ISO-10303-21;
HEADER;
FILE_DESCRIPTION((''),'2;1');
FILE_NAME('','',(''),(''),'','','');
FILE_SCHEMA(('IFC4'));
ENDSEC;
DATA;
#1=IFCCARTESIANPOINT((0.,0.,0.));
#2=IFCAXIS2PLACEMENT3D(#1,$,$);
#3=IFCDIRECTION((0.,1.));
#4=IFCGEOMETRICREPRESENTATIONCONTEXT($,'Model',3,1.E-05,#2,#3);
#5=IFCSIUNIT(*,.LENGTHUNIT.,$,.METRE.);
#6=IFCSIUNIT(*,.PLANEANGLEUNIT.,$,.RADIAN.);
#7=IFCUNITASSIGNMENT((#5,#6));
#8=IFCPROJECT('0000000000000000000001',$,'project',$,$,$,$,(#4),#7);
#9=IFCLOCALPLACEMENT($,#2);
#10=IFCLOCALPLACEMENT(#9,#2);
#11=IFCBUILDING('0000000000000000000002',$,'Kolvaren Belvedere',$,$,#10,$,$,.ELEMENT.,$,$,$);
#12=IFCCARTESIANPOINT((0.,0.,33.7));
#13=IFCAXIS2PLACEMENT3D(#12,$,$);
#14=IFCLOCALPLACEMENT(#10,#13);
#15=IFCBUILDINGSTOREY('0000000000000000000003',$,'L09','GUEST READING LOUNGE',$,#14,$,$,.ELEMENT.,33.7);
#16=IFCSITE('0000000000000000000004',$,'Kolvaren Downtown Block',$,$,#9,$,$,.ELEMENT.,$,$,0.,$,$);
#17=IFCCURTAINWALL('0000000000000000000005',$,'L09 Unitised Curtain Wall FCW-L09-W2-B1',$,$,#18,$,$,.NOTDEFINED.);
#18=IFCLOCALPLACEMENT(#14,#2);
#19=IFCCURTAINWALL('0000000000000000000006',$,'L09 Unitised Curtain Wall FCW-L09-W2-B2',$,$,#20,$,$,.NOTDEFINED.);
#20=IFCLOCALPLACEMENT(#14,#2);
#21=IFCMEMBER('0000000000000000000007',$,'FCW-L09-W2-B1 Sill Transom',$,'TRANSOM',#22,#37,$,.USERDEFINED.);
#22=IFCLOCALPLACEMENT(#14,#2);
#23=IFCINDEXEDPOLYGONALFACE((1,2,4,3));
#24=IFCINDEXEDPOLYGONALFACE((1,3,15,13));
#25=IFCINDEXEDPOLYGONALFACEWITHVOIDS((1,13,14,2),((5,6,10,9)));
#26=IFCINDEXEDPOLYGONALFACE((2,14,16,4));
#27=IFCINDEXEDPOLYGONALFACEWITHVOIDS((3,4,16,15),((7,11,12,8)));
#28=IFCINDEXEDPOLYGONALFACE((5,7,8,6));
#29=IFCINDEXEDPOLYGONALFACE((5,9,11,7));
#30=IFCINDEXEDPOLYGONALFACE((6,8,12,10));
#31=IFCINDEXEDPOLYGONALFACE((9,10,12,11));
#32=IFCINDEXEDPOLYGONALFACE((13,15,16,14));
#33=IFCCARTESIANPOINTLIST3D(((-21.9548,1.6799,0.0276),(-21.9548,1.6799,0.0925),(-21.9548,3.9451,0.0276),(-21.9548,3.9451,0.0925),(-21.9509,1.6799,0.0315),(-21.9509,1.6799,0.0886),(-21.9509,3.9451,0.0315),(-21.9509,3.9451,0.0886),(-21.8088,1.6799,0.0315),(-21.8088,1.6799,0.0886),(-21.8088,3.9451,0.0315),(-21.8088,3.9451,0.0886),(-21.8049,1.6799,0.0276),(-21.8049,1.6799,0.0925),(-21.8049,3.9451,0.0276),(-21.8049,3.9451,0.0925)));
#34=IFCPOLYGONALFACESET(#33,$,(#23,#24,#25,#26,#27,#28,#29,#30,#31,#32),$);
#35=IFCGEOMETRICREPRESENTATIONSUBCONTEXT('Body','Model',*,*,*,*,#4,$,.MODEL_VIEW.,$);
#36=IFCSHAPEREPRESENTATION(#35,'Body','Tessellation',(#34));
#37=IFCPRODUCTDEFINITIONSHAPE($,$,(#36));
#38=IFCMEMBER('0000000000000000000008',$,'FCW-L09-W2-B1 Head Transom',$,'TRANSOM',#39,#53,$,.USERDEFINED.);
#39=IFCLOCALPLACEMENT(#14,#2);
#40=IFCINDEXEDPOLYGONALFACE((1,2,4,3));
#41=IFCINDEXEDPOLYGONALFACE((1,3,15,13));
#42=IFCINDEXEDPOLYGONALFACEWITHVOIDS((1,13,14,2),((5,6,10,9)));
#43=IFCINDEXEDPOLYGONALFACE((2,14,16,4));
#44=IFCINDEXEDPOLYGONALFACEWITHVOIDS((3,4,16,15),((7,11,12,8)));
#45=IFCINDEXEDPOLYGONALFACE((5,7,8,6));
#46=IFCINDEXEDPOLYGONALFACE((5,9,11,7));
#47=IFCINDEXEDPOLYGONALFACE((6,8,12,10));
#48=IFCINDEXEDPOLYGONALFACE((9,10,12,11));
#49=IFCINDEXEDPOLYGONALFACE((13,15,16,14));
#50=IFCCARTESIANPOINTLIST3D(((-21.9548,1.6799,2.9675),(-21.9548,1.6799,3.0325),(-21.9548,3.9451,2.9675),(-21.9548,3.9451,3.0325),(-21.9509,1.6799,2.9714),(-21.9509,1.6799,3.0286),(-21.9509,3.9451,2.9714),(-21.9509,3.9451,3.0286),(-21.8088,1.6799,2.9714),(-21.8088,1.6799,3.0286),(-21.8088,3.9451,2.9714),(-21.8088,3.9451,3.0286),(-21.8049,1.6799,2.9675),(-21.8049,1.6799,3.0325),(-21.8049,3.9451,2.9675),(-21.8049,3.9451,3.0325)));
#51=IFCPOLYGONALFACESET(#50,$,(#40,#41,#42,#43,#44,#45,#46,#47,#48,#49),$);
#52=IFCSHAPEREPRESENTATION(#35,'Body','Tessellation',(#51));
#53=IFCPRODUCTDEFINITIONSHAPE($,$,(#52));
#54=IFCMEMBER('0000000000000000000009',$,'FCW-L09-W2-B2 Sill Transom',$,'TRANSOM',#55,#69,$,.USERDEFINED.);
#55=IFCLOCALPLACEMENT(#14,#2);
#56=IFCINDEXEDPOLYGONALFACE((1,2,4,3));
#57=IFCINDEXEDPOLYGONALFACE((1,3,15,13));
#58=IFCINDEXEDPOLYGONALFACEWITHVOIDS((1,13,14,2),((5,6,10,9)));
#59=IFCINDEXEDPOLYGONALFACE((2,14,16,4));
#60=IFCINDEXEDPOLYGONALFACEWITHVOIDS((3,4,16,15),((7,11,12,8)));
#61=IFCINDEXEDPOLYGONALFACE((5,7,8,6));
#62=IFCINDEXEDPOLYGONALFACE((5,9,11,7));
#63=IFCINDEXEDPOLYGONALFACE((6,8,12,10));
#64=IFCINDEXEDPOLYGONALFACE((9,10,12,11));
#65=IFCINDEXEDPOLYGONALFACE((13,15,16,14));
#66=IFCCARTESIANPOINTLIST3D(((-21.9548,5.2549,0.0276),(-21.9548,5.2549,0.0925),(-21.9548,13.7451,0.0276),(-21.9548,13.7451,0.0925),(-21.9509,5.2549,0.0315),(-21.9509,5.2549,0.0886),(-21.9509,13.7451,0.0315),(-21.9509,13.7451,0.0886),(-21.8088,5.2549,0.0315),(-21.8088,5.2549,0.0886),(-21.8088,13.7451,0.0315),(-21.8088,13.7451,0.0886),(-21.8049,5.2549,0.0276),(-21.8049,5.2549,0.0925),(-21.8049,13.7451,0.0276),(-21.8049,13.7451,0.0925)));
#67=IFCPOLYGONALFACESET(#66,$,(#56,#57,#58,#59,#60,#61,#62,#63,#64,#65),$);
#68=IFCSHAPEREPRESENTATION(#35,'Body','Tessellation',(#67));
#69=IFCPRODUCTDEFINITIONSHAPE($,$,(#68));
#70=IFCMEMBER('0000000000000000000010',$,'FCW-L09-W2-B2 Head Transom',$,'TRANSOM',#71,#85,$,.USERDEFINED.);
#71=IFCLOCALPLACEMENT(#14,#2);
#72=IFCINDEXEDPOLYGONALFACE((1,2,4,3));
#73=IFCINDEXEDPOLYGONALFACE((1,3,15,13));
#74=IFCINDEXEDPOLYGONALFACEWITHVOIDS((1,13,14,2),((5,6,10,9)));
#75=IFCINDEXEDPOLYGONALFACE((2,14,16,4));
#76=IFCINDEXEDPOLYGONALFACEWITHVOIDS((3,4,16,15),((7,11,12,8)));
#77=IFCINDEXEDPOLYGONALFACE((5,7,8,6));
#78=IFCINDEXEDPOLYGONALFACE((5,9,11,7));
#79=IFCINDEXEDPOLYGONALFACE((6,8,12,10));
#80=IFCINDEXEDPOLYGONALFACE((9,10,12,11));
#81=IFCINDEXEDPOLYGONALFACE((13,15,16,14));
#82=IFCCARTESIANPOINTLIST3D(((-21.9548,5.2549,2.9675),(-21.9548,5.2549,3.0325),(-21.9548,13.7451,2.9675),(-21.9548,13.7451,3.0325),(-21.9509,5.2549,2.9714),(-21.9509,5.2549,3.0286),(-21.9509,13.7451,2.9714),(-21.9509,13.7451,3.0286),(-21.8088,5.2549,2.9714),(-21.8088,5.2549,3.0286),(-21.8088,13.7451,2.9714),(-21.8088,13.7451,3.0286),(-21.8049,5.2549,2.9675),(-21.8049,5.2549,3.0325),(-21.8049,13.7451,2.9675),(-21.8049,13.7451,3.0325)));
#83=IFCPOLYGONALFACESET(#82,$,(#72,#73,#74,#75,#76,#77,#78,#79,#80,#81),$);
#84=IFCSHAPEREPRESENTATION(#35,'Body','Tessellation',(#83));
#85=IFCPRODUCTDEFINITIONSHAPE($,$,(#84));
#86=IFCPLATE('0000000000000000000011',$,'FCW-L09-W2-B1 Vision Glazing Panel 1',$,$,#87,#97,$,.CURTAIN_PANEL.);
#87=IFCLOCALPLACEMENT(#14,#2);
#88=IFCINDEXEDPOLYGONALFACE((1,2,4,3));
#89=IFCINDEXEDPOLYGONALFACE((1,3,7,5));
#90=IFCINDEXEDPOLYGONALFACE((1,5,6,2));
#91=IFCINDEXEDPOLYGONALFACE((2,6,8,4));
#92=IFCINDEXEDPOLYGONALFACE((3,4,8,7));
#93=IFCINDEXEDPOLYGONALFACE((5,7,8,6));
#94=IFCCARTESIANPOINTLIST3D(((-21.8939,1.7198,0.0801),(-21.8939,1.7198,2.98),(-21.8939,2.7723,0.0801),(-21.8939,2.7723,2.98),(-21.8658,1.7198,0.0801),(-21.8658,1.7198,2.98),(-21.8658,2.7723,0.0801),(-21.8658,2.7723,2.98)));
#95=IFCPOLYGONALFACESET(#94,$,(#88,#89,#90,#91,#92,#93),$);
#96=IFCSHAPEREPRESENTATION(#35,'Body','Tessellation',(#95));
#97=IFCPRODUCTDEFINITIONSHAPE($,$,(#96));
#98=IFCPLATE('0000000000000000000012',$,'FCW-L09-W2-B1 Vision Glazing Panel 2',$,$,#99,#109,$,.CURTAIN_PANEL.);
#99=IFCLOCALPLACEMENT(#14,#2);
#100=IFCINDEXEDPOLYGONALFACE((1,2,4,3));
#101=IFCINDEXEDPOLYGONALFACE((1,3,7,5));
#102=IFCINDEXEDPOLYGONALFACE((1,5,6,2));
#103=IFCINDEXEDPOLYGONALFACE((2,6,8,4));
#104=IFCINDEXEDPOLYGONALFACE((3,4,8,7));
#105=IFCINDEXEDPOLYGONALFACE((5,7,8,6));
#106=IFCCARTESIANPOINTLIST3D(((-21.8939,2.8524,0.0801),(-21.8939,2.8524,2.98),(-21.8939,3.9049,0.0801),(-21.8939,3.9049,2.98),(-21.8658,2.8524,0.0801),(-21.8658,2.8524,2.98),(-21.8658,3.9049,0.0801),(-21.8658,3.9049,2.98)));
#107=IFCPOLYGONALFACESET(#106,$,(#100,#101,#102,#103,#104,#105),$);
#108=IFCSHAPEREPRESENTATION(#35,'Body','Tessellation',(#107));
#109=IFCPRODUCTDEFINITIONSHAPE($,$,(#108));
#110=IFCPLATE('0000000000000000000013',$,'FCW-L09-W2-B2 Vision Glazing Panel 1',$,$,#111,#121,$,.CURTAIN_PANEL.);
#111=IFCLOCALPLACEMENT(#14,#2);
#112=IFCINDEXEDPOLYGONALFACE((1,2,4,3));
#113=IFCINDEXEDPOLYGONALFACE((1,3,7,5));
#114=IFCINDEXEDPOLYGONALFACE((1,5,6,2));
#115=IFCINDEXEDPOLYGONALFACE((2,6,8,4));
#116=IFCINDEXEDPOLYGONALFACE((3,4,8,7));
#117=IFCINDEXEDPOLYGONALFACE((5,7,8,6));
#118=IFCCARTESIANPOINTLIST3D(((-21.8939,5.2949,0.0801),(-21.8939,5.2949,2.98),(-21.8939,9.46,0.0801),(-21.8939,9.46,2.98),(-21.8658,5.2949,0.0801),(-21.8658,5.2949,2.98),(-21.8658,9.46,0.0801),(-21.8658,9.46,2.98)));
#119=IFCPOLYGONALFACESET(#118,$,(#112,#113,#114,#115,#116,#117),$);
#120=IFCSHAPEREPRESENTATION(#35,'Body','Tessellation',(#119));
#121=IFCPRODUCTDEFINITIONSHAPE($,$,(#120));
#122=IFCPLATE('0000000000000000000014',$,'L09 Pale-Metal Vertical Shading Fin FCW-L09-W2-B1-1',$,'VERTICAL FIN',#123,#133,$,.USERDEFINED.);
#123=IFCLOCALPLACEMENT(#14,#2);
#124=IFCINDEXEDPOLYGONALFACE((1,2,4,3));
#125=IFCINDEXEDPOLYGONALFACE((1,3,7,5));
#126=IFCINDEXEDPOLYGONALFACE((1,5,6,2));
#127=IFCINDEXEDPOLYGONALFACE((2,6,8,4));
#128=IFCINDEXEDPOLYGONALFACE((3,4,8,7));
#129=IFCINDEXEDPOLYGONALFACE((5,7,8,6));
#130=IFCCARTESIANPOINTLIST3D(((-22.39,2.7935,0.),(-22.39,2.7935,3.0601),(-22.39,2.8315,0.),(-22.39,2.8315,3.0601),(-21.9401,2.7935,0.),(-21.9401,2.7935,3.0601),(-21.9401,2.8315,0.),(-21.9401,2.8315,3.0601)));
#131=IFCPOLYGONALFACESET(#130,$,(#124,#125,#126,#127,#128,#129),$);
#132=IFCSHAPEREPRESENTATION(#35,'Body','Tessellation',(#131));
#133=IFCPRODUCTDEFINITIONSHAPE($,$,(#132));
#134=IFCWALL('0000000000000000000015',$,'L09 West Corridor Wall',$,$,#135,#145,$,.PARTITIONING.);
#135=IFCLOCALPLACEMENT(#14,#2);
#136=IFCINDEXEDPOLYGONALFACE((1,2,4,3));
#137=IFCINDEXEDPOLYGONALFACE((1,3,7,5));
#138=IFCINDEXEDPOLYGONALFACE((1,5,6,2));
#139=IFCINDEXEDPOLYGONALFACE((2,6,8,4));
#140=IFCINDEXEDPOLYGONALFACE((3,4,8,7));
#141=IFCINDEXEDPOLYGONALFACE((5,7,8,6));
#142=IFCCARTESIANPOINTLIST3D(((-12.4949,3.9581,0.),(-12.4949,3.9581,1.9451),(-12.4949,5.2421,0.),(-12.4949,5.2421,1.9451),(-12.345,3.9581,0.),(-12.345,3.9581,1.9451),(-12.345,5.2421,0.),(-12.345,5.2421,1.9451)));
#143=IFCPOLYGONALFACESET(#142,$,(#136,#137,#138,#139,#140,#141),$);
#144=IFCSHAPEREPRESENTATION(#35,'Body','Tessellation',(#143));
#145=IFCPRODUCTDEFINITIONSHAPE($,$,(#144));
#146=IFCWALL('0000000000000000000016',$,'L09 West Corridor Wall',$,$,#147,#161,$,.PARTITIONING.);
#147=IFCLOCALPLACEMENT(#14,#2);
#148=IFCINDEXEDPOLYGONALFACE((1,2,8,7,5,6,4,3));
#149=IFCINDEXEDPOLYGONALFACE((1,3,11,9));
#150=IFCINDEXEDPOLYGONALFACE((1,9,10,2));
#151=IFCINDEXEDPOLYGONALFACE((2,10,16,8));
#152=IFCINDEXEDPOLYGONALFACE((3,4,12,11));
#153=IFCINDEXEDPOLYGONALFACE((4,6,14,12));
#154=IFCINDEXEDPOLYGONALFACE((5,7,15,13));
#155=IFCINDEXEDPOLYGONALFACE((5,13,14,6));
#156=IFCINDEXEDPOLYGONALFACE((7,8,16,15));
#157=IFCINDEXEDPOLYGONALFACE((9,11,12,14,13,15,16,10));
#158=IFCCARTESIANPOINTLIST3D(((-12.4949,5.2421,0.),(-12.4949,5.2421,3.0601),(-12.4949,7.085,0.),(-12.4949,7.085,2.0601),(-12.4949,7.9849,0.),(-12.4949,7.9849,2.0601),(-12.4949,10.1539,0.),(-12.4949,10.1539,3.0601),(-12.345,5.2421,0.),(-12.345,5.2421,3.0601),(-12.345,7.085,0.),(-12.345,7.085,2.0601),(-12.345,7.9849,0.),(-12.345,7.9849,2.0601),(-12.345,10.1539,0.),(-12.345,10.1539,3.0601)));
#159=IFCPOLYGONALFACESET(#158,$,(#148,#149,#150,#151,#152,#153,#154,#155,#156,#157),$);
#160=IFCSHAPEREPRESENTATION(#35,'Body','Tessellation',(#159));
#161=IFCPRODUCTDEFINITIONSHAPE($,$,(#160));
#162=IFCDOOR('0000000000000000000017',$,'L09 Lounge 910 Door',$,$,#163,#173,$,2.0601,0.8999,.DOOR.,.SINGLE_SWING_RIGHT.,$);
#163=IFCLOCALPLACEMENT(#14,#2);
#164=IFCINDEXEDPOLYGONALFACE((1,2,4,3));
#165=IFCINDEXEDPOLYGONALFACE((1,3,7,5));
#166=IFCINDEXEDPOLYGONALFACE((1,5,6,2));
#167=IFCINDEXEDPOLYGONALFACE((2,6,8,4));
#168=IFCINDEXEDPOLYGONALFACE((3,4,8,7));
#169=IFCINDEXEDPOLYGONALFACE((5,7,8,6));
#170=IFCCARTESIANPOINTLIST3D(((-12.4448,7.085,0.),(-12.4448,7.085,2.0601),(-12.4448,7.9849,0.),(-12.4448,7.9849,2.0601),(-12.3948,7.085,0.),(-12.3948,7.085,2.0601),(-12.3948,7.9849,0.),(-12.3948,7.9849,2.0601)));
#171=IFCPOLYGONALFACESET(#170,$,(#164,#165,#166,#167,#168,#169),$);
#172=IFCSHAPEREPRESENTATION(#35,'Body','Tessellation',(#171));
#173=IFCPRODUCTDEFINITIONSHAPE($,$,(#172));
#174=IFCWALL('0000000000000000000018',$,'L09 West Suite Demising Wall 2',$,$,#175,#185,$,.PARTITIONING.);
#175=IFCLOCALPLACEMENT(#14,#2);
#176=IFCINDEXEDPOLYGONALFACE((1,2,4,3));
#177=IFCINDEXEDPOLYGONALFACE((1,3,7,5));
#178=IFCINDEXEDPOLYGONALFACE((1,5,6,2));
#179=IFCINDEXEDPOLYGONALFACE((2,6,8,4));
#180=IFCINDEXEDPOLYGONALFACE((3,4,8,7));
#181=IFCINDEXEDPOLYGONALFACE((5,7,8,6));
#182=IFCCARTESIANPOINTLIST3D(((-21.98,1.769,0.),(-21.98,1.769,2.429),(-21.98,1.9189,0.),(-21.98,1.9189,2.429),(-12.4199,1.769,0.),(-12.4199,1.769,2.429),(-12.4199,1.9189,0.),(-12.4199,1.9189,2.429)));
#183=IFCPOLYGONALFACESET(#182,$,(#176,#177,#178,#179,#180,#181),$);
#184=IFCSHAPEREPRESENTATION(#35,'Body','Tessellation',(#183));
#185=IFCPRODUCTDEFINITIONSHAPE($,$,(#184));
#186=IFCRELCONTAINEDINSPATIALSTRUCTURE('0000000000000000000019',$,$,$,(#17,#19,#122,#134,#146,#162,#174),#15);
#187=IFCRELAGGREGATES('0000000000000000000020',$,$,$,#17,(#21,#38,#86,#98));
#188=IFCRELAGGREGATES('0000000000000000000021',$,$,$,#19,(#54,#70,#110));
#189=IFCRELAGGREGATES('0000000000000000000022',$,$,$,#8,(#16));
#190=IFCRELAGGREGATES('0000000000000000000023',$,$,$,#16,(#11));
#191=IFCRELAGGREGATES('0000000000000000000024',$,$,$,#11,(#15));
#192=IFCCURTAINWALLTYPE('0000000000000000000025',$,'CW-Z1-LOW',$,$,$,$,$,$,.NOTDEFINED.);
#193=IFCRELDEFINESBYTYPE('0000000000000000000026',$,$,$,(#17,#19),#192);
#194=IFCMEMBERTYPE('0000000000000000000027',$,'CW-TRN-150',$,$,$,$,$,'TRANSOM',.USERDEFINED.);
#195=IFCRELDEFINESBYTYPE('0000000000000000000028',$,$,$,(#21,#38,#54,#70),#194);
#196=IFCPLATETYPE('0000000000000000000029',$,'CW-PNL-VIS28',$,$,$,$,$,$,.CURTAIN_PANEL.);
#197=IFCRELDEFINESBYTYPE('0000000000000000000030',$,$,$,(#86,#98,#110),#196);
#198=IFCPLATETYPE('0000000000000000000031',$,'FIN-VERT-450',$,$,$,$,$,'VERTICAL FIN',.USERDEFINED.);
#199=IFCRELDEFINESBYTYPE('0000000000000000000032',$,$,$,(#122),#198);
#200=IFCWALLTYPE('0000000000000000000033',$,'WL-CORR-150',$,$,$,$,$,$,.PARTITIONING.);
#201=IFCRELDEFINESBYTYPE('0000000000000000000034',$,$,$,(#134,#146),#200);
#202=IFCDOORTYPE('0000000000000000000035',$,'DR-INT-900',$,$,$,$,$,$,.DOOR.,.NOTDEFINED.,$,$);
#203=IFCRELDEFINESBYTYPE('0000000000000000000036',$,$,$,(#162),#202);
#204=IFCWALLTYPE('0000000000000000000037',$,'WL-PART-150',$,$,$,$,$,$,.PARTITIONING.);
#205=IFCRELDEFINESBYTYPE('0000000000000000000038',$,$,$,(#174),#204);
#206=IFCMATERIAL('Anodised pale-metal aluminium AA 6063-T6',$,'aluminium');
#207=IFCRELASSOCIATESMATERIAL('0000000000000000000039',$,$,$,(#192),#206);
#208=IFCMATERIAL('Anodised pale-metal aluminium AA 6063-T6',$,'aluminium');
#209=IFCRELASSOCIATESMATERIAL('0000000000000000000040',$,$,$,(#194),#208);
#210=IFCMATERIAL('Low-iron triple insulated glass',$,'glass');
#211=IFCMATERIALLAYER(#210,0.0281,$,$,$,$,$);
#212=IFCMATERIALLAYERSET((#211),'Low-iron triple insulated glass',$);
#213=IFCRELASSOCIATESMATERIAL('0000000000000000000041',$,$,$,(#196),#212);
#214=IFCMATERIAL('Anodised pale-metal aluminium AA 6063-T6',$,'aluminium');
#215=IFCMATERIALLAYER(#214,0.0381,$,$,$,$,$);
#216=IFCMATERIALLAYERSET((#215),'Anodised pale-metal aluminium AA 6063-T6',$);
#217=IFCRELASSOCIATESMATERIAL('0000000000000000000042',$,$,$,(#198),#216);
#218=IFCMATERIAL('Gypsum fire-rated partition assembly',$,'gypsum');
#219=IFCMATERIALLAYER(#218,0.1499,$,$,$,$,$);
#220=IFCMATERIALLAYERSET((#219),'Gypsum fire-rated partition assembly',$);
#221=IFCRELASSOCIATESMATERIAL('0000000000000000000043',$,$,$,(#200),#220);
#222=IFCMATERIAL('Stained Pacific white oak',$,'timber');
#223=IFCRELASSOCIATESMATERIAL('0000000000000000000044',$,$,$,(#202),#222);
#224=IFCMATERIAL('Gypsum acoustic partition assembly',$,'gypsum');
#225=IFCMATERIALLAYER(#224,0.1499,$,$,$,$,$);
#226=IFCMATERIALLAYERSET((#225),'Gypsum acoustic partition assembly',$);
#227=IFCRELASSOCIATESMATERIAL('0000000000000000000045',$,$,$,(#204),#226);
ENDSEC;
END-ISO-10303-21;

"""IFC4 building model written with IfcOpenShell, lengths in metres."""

from ifc_helpers import new_model, si_unit, direction, frame, frame_2d, origin, origin_2d, place, context, subcontext, project, spatial, rectangle, hollow_rectangle, extrude, material, layer, layer_set, material_profile, profile_set, type_object, element, fill, aggregate, save


model = new_model("IFC4")

# Units and contexts
model_context = context("Model", 3, precision=1e-05, world=origin(), true_north=direction((0.0, 1.0)))
body_context = subcontext(model_context, "Body", "Model", "MODEL_VIEW")
ifc_project = project(units=[si_unit("LENGTHUNIT", "METRE"), si_unit("PLANEANGLEUNIT", "RADIAN")], contexts=[model_context])

# Site, building, storey
site_placement = place(None, origin())
site = spatial("IfcSite", under=ifc_project, at=site_placement, Name="Kolvaren Downtown Block", CompositionType="ELEMENT", RefElevation=0.0)
building_placement = place(site_placement, origin())
building = spatial("IfcBuilding", under=site, at=building_placement, Name="Kolvaren Belvedere", CompositionType="ELEMENT")
storey_placement = place(building_placement, frame((0.0, 0.0, 33.7)))
storey = spatial("IfcBuildingStorey", under=building, at=storey_placement, Name="L09", Description="GUEST READING LOUNGE", CompositionType="ELEMENT", Elevation=33.7)

# Curtain wall
ifc_material_1 = material(Name="Anodised pale-metal aluminium AA 6063-T6", Category="aluminium")
curtain_wall_type = type_object("IfcCurtainWallType", Name="CW-Z1-LOW", PredefinedType="NOTDEFINED", material=ifc_material_1)
curtain_wall_1_placement = place(storey_placement, origin())
curtain_wall_1 = element("IfcCurtainWall", 1, at=curtain_wall_1_placement, inside=storey, type_object=curtain_wall_type, Name="L09 Unitised Curtain Wall FCW-L09-W2-B1", PredefinedType="NOTDEFINED")

# Curtain wall
curtain_wall_2_placement = place(storey_placement, origin())
curtain_wall_2 = element("IfcCurtainWall", 2, at=curtain_wall_2_placement, inside=storey, type_object=curtain_wall_type, Name="L09 Unitised Curtain Wall FCW-L09-W2-B2", PredefinedType="NOTDEFINED")

# Members
ifc_material_2 = material(Name="Anodised pale-metal aluminium AA 6063-T6", Category="aluminium")
ifc_material_profile_1 = material_profile(ifc_material_2, hollow_rectangle(XDim=0.0649, YDim=0.1499, WallThickness=0.0039, at=origin_2d()), Name="ALU-TRN-150X65")
ifc_profile_set_1 = profile_set([ifc_material_profile_1], Name="Anodised pale-metal aluminium AA 6063-T6")
member_type_1 = type_object("IfcMemberType", Name="CW-TRN-150", ElementType="TRANSOM", PredefinedType="USERDEFINED", material=ifc_profile_set_1)
member_1_placement = place(storey_placement, frame((-21.8799, 1.6799, 0.0601), z_axis=(0.0, 1.0, 0.0), x_axis=(0.0, 0.0, 1.0)))
member_1 = element("IfcMember", 3, at=member_1_placement, type_object=member_type_1, Name="FCW-L09-W2-B1 Sill Transom", ObjectType="TRANSOM", PredefinedType="USERDEFINED", context=body_context, shape_type="SweptSolid", body=[
    extrude(hollow_rectangle(XDim=0.0649, YDim=0.1499, WallThickness=0.0039, at=origin_2d()), origin(), (0.0, 0.0, 1.0), 2.2651),
])
member_2_placement = place(storey_placement, frame((-21.8799, 1.6799, 3.0), z_axis=(0.0, 1.0, 0.0), x_axis=(0.0, 0.0, 1.0)))
member_2 = element("IfcMember", 4, at=member_2_placement, type_object=member_type_1, Name="FCW-L09-W2-B1 Head Transom", ObjectType="TRANSOM", PredefinedType="USERDEFINED", context=body_context, shape_type="SweptSolid", body=[
    extrude(hollow_rectangle(XDim=0.0649, YDim=0.1499, WallThickness=0.0039, at=origin_2d()), origin(), (0.0, 0.0, 1.0), 2.2651),
])
member_3_placement = place(storey_placement, frame((-21.8799, 5.2549, 0.0601), z_axis=(0.0, 1.0, 0.0), x_axis=(0.0, 0.0, 1.0)))
member_3 = element("IfcMember", 5, at=member_3_placement, type_object=member_type_1, Name="FCW-L09-W2-B2 Sill Transom", ObjectType="TRANSOM", PredefinedType="USERDEFINED", context=body_context, shape_type="SweptSolid", body=[
    extrude(hollow_rectangle(XDim=0.0649, YDim=0.1499, WallThickness=0.0039, at=origin_2d()), origin(), (0.0, 0.0, 1.0), 8.4902),
])
member_4_placement = place(storey_placement, frame((-21.8799, 5.2549, 3.0), z_axis=(0.0, 1.0, 0.0), x_axis=(0.0, 0.0, 1.0)))
member_4 = element("IfcMember", 6, at=member_4_placement, type_object=member_type_1, Name="FCW-L09-W2-B2 Head Transom", ObjectType="TRANSOM", PredefinedType="USERDEFINED", context=body_context, shape_type="SweptSolid", body=[
    extrude(hollow_rectangle(XDim=0.0649, YDim=0.1499, WallThickness=0.0039, at=origin_2d()), origin(), (0.0, 0.0, 1.0), 8.4902),
])

# Plates
ifc_material_3 = material(Name="Low-iron triple insulated glass", Category="glass")
ifc_layer_1 = layer(ifc_material_3, 0.0281)
ifc_layer_set_1 = layer_set([ifc_layer_1], Name="Low-iron triple insulated glass")
plate_type_1 = type_object("IfcPlateType", Name="CW-PNL-VIS28", PredefinedType="CURTAIN_PANEL", material=ifc_layer_set_1)
plate_1_placement = place(storey_placement, frame((-21.8799, 2.2461, 0.0801), z_axis=(0.0, 0.0, 1.0), x_axis=(0.0, 1.0, 0.0)))
plate_1 = element("IfcPlate", 7, at=plate_1_placement, type_object=plate_type_1, Name="FCW-L09-W2-B1 Vision Glazing Panel 1", PredefinedType="CURTAIN_PANEL", context=body_context, shape_type="SweptSolid", body=[
    extrude(rectangle(XDim=1.0525, YDim=0.0281, at=origin_2d()), origin(), (0.0, 0.0, 1.0), 2.8999),
])
plate_2_placement = place(storey_placement, frame((-21.8799, 3.3787, 0.0801), z_axis=(0.0, 0.0, 1.0), x_axis=(0.0, 1.0, 0.0)))
plate_2 = element("IfcPlate", 8, at=plate_2_placement, type_object=plate_type_1, Name="FCW-L09-W2-B1 Vision Glazing Panel 2", PredefinedType="CURTAIN_PANEL", context=body_context, shape_type="SweptSolid", body=[
    extrude(rectangle(XDim=1.0525, YDim=0.0281, at=origin_2d()), origin(), (0.0, 0.0, 1.0), 2.8999),
])
aggregate(curtain_wall_1, [member_1, member_2, plate_1, plate_2])
plate_3_placement = place(storey_placement, frame((-21.8799, 7.3774, 0.0801), z_axis=(0.0, 0.0, 1.0), x_axis=(0.0, 1.0, 0.0)))
plate_3 = element("IfcPlate", 9, at=plate_3_placement, type_object=plate_type_1, Name="FCW-L09-W2-B2 Vision Glazing Panel 1", PredefinedType="CURTAIN_PANEL", context=body_context, shape_type="SweptSolid", body=[
    extrude(rectangle(XDim=4.165, YDim=0.0281, at=origin_2d()), origin(), (0.0, 0.0, 1.0), 2.8999),
])
aggregate(curtain_wall_2, [member_3, member_4, plate_3])
ifc_material_4 = material(Name="Anodised pale-metal aluminium AA 6063-T6", Category="aluminium")
ifc_layer_2 = layer(ifc_material_4, 0.0381)
ifc_layer_set_2 = layer_set([ifc_layer_2], Name="Anodised pale-metal aluminium AA 6063-T6")
plate_type_2 = type_object("IfcPlateType", Name="FIN-VERT-450", ElementType="VERTICAL FIN", PredefinedType="USERDEFINED", material=ifc_layer_set_2)
plate_4_placement = place(storey_placement, frame((-22.165, 2.8125, 0.0), z_axis=(0.0, 0.0, 1.0), x_axis=(1.0, 0.0, 0.0)))
element("IfcPlate", 10, at=plate_4_placement, inside=storey, type_object=plate_type_2, Name="L09 Pale-Metal Vertical Shading Fin FCW-L09-W2-B1-1", ObjectType="VERTICAL FIN", PredefinedType="USERDEFINED", context=body_context, shape_type="SweptSolid", body=[
    extrude(rectangle(XDim=0.45, YDim=0.0381, at=origin_2d()), origin(), (0.0, 0.0, 1.0), 3.0601),
])

# Wall
ifc_material_5 = material(Name="Gypsum fire-rated partition assembly", Category="gypsum")
ifc_layer_3 = layer(ifc_material_5, 0.1499)
ifc_layer_set_3 = layer_set([ifc_layer_3], Name="Gypsum fire-rated partition assembly")
wall_type_1 = type_object("IfcWallType", Name="WL-CORR-150", PredefinedType="PARTITIONING", material=ifc_layer_set_3)
wall_1_placement = place(storey_placement, frame((-12.4199, 3.958, 0.0), z_axis=(0.0, 0.0, 1.0), x_axis=(0.0, 1.0, 0.0)))
element("IfcWall", 11, at=wall_1_placement, inside=storey, type_object=wall_type_1, Name="L09 West Corridor Wall", PredefinedType="PARTITIONING", context=body_context, shape_type="SweptSolid", body=[
    extrude(rectangle(XDim=1.2839, YDim=0.1499, at=frame_2d((0.6421, 0.0))), origin(), (0.0, 0.0, 1.0), 1.9451),
])

# Wall, opening, door
wall_2_placement = place(storey_placement, frame((-12.4199, 5.2419, 0.0), z_axis=(0.0, 0.0, 1.0), x_axis=(0.0, 1.0, 0.0)))
wall_2 = element("IfcWall", 12, at=wall_2_placement, inside=storey, type_object=wall_type_1, Name="L09 West Corridor Wall", PredefinedType="PARTITIONING", context=body_context, shape_type="SweptSolid", body=[
    extrude(rectangle(XDim=4.9119, YDim=0.1499, at=frame_2d((2.4561, 0.0))), origin(), (0.0, 0.0, 1.0), 3.0601),
])
opening_placement = place(wall_2_placement, frame((1.843, 0.0, 0.0)))
opening = element("IfcOpeningElement", 13, at=opening_placement, cuts=wall_2, PredefinedType="OPENING", context=body_context, shape_type="SweptSolid", body=[
    extrude(rectangle(XDim=0.8999, YDim=2.0601, at=frame_2d((0.45, 1.03))), frame((0.0, 0.085, 0.0), z_axis=(0.0, -1.0, 0.0), x_axis=(1.0, 0.0, 0.0)), (0.0, 0.0, 1.0), 0.1699),
])
ifc_material_6 = material(Name="Stained Pacific white oak", Category="timber")
door_type = type_object("IfcDoorType", Name="DR-INT-900", OperationType="NOTDEFINED", PredefinedType="DOOR", material=ifc_material_6)
door_placement = place(opening_placement, origin())
door = element("IfcDoor", 14, at=door_placement, inside=storey, type_object=door_type, Name="L09 Lounge 910 Door", OperationType="SINGLE_SWING_RIGHT", OverallHeight=2.0601, OverallWidth=0.8999, PredefinedType="DOOR", context=body_context, shape_type="SweptSolid", body=[
    extrude(rectangle(XDim=0.8999, YDim=2.0601, at=frame_2d((0.45, 1.03))), frame((0.0, 0.0249, 0.0), z_axis=(0.0, -1.0, 0.0), x_axis=(1.0, 0.0, 0.0)), (0.0, 0.0, 1.0), 0.05),
])
fill(opening, door)

# Wall
ifc_material_7 = material(Name="Gypsum acoustic partition assembly", Category="gypsum")
ifc_layer_4 = layer(ifc_material_7, 0.1499)
ifc_layer_set_4 = layer_set([ifc_layer_4], Name="Gypsum acoustic partition assembly")
wall_type_2 = type_object("IfcWallType", Name="WL-PART-150", PredefinedType="PARTITIONING", material=ifc_layer_set_4)
wall_3_placement = place(storey_placement, frame((-21.98, 1.844, 0.0), z_axis=(0.0, 0.0, 1.0), x_axis=(1.0, 0.0, 0.0)))
element("IfcWall", 15, at=wall_3_placement, inside=storey, type_object=wall_type_2, Name="L09 West Suite Demising Wall 2", PredefinedType="PARTITIONING", context=body_context, shape_type="SweptSolid", body=[
    extrude(rectangle(XDim=9.5601, YDim=0.1499, at=frame_2d((4.78, 0.0))), origin(), (0.0, 0.0, 1.0), 2.429),
])

save(model, "model.ifc")
